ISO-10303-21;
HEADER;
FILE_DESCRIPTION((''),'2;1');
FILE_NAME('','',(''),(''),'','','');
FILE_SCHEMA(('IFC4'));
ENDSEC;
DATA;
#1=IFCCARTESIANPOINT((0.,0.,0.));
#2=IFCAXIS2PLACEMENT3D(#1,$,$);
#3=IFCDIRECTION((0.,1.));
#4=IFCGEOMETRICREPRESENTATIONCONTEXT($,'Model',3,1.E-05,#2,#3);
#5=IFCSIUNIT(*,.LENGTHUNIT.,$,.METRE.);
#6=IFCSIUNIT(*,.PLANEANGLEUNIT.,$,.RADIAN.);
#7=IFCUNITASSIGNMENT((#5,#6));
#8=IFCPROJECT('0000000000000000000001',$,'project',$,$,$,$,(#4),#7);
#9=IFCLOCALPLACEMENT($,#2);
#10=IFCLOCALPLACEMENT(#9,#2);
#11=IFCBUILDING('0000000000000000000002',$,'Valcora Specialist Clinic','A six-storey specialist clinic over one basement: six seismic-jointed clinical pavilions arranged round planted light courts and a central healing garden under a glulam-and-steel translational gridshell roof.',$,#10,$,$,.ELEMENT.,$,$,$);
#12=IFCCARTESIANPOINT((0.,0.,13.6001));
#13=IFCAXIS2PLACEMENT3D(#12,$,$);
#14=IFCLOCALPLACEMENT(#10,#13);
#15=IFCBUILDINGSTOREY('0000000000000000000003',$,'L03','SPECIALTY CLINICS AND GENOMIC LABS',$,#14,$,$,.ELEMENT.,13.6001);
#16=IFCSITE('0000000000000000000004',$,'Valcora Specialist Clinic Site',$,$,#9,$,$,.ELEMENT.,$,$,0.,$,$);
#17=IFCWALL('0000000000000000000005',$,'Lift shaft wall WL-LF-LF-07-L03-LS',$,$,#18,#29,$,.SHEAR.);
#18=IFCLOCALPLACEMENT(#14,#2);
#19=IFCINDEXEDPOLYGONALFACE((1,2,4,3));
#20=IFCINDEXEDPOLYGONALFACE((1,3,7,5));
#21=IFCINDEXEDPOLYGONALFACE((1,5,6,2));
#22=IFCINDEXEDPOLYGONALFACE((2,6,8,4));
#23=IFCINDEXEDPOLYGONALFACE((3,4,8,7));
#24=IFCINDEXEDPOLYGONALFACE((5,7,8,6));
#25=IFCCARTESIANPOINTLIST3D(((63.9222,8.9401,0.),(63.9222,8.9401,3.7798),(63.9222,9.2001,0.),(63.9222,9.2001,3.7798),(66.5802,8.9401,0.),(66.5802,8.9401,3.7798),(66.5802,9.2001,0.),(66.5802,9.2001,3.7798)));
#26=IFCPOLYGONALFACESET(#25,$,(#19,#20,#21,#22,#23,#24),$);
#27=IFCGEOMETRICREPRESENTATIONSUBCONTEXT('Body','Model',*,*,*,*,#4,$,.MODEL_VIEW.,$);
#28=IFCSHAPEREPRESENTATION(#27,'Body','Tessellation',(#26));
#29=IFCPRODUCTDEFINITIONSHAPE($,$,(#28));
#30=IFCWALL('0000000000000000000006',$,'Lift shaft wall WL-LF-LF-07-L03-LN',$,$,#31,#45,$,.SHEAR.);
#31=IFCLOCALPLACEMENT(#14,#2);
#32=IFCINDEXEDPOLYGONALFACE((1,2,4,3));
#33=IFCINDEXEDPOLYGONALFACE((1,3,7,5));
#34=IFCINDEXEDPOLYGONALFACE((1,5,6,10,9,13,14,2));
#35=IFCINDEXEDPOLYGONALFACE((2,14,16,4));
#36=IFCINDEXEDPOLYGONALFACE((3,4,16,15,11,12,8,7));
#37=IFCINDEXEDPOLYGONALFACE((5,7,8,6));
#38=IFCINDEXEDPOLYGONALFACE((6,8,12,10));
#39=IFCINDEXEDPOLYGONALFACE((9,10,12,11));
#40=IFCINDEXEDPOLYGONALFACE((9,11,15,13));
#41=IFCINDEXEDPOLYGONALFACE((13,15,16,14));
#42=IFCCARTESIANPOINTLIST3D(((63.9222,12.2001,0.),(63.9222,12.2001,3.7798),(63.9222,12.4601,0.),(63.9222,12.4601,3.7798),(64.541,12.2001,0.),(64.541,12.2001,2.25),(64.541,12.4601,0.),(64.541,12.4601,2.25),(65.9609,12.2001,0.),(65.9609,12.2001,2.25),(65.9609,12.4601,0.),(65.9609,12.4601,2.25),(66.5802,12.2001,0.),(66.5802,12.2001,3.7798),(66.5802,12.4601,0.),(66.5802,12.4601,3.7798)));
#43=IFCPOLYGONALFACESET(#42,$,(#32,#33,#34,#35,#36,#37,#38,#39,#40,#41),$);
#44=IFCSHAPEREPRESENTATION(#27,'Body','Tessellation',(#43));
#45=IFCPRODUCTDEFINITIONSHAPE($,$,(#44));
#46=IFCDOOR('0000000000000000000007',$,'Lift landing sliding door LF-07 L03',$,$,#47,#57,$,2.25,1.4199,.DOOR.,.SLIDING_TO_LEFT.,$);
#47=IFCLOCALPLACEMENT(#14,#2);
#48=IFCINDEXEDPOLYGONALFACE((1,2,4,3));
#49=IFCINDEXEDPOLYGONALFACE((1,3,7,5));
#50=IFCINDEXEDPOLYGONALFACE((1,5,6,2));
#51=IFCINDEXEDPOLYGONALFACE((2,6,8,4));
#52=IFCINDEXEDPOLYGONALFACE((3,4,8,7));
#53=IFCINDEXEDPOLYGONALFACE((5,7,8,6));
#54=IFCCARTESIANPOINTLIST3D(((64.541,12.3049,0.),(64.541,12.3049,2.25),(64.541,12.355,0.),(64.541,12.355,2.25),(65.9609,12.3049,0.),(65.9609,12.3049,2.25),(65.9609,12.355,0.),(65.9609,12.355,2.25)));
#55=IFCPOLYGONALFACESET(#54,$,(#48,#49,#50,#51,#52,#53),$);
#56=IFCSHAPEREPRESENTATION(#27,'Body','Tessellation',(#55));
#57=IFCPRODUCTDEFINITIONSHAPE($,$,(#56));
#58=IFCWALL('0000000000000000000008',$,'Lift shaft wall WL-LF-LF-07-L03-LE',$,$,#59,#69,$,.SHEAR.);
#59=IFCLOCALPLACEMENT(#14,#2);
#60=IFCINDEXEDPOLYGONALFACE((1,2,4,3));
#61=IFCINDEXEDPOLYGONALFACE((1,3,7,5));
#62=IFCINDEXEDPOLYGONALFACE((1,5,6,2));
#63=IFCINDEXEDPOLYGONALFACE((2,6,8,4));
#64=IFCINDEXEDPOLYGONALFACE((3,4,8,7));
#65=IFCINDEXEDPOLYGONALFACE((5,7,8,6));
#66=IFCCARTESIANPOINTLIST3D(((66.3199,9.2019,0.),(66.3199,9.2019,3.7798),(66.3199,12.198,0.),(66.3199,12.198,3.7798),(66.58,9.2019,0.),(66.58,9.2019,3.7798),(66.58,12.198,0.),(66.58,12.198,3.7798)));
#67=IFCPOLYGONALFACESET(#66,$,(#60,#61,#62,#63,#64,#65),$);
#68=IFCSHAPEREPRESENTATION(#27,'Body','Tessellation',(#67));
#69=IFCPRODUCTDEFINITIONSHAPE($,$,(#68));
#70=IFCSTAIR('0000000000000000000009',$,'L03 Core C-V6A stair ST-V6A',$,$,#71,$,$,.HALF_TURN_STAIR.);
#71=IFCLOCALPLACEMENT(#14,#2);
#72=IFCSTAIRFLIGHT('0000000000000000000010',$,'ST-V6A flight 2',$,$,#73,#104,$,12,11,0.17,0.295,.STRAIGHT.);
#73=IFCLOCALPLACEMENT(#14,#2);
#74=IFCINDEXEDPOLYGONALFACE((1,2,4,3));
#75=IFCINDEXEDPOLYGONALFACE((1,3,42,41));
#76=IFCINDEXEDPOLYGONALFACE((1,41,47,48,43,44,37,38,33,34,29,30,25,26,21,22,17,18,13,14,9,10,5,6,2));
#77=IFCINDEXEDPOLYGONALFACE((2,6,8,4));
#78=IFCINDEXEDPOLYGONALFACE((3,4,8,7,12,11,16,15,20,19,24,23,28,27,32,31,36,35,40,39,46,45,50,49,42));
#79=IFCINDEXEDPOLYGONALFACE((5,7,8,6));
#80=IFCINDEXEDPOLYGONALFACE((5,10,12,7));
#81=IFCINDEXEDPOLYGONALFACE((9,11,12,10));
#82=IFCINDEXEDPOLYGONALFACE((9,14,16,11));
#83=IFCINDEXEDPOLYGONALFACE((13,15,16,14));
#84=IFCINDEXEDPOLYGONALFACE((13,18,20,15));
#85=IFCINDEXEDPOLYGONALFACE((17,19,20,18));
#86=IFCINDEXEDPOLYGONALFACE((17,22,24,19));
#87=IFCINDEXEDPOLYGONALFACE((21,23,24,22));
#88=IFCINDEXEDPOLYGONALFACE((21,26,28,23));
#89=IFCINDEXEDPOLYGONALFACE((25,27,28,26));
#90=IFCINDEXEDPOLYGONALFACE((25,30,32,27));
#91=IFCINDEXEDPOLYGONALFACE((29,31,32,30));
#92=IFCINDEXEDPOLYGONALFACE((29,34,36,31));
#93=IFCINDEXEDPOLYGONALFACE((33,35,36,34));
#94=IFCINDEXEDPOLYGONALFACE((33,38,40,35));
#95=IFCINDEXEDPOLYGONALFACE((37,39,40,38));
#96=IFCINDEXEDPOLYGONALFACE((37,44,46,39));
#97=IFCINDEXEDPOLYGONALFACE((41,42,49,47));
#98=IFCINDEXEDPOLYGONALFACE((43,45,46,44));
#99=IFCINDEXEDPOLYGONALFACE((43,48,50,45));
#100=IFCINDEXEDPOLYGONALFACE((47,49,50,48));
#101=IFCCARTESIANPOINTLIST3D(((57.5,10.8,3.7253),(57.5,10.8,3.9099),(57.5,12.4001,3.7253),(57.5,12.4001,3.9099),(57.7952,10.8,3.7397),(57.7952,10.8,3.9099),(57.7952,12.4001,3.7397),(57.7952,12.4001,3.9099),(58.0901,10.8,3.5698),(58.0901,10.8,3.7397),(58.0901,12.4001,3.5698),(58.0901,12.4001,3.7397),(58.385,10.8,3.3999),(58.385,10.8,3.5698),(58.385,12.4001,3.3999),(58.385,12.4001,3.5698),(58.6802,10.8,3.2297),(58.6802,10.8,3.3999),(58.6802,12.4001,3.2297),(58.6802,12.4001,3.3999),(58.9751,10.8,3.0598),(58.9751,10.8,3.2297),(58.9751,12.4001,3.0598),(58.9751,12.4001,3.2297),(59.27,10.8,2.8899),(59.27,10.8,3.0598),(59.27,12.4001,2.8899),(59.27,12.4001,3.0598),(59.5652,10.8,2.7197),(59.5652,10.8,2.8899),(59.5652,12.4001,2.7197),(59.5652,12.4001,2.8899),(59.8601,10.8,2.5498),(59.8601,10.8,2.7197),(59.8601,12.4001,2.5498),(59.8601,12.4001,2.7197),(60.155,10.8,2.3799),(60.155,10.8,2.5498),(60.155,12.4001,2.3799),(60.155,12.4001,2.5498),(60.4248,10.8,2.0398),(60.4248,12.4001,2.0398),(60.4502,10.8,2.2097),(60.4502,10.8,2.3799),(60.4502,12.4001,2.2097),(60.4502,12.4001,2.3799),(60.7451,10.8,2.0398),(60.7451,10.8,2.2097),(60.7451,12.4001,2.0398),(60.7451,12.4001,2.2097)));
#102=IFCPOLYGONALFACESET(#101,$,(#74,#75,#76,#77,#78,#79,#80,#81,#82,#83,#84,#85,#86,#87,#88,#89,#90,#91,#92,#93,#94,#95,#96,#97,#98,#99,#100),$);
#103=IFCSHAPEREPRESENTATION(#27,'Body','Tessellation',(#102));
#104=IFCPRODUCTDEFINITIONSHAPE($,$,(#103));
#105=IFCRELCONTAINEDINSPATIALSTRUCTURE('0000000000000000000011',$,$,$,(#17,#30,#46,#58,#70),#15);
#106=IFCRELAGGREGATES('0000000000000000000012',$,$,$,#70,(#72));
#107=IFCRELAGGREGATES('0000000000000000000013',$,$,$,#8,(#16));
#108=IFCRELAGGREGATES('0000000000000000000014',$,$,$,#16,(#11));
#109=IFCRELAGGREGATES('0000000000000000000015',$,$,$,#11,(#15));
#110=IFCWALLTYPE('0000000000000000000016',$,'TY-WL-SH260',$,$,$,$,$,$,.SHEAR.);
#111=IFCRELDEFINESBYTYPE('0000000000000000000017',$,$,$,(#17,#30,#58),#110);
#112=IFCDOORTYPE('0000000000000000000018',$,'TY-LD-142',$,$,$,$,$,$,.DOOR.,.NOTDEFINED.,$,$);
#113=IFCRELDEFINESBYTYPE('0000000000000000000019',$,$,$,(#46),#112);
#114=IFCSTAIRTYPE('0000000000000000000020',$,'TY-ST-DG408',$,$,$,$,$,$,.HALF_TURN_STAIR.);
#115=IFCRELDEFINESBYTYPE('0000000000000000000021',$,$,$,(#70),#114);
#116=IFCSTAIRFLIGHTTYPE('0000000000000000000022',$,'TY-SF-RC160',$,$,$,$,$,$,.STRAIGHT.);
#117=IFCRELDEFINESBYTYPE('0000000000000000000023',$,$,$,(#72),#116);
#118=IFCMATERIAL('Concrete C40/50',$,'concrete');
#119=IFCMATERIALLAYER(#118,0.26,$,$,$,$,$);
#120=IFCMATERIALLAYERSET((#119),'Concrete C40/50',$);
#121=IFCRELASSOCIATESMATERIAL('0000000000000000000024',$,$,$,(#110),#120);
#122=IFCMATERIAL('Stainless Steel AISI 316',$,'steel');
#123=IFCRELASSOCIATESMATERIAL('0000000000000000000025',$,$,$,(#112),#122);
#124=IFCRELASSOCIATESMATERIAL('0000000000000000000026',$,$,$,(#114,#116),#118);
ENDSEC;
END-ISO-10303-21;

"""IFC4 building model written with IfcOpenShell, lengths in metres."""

from ifc_helpers import new_model, si_unit, direction, frame, frame_2d, origin, place, context, subcontext, project, spatial, polyline, rectangle, outline, extrude, material, layer, layer_set, type_object, element, fill, aggregate, save


model = new_model("IFC4")

# Units and contexts
model_context = context("Model", 3, precision=1e-05, world=origin(), true_north=direction((0.0, 1.0)))
body_context = subcontext(model_context, "Body", "Model", "MODEL_VIEW")
ifc_project = project(units=[si_unit("LENGTHUNIT", "METRE"), si_unit("PLANEANGLEUNIT", "RADIAN")], contexts=[model_context])

# Site, building, storey
site_placement = place(None, origin())
site = spatial("IfcSite", under=ifc_project, at=site_placement, Name="Valcora Specialist Clinic Site", CompositionType="ELEMENT", RefElevation=0.0)
building_placement = place(site_placement, origin())
building = spatial("IfcBuilding", under=site, at=building_placement, Name="Valcora Specialist Clinic", Description="A six-storey specialist clinic over one basement: six seismic-jointed clinical pavilions arranged round planted light courts and a central healing garden under a glulam-and-steel translational gridshell roof.", CompositionType="ELEMENT")
storey_placement = place(building_placement, frame((0.0, 0.0, 13.6001)))
storey = spatial("IfcBuildingStorey", under=building, at=storey_placement, Name="L03", Description="SPECIALTY CLINICS AND GENOMIC LABS", CompositionType="ELEMENT", Elevation=13.6001)

# Shared definitions
ifc_material_1 = material(Name="Concrete C40/50", Category="concrete")

# Wall
ifc_layer_1 = layer(ifc_material_1, 0.26)
ifc_layer_set_1 = layer_set([ifc_layer_1], Name="Concrete C40/50")
wall_type_1 = type_object("IfcWallType", Name="TY-WL-SH260", PredefinedType="SHEAR", material=ifc_layer_set_1)
wall_1_placement = place(storey_placement, frame((63.9221, 9.0701, 0.0), z_axis=(0.0, 0.0, 1.0), x_axis=(1.0, 0.0, 0.0)))
element("IfcWall", 1, at=wall_1_placement, inside=storey, type_object=wall_type_1, Name="Lift shaft wall WL-LF-LF-07-L03-LS", PredefinedType="SHEAR", context=body_context, shape_type="SweptSolid", body=[
    extrude(rectangle(XDim=2.658, YDim=0.26, at=frame_2d((1.3291, 0.0))), origin(), (0.0, 0.0, 1.0), 3.7798),
])

# Wall, opening, door
wall_2_placement = place(storey_placement, frame((63.9221, 12.3301, 0.0), z_axis=(0.0, 0.0, 1.0), x_axis=(1.0, 0.0, 0.0)))
wall_2 = element("IfcWall", 2, at=wall_2_placement, inside=storey, type_object=wall_type_1, Name="Lift shaft wall WL-LF-LF-07-L03-LN", PredefinedType="SHEAR", context=body_context, shape_type="SweptSolid", body=[
    extrude(rectangle(XDim=2.658, YDim=0.26, at=frame_2d((1.3291, 0.0))), origin(), (0.0, 0.0, 1.0), 3.7798),
])
opening_1_placement = place(wall_2_placement, frame((0.6189, 0.0, 0.0)))
opening_1 = element("IfcOpeningElement", 3, at=opening_1_placement, cuts=wall_2, PredefinedType="OPENING", context=body_context, shape_type="SweptSolid", body=[
    extrude(rectangle(XDim=1.4199, YDim=2.25, at=frame_2d((0.71, 1.125))), frame((0.0, 0.1399, 0.0), z_axis=(0.0, -1.0, 0.0), x_axis=(1.0, 0.0, 0.0)), (0.0, 0.0, 1.0), 0.28),
])
ifc_material_2 = material(Name="Stainless Steel AISI 316", Category="steel")
door_type_1 = type_object("IfcDoorType", Name="TY-LD-142", OperationType="NOTDEFINED", PredefinedType="DOOR", material=ifc_material_2)
door_1_placement = place(opening_1_placement, origin())
door_1 = element("IfcDoor", 4, at=door_1_placement, inside=storey, type_object=door_type_1, Name="Lift landing sliding door LF-07 L03", OperationType="SLIDING_TO_LEFT", OverallHeight=2.25, OverallWidth=1.4199, PredefinedType="DOOR", context=body_context, shape_type="SweptSolid", body=[
    extrude(rectangle(XDim=1.4199, YDim=2.25, at=frame_2d((0.71, 1.125))), frame((0.0, 0.0249, 0.0), z_axis=(0.0, -1.0, 0.0), x_axis=(1.0, 0.0, 0.0)), (0.0, 0.0, 1.0), 0.05),
])
fill(opening_1, door_1)

# Wall
wall_3_placement = place(storey_placement, frame((66.45, 9.2019, 0.0), z_axis=(0.0, 0.0, 1.0), x_axis=(0.0, 1.0, 0.0)))
element("IfcWall", 5, at=wall_3_placement, inside=storey, type_object=wall_type_1, Name="Lift shaft wall WL-LF-LF-07-L03-LE", PredefinedType="SHEAR", context=body_context, shape_type="SweptSolid", body=[
    extrude(rectangle(XDim=2.9961, YDim=0.26, at=frame_2d((1.498, 0.0))), origin(), (0.0, 0.0, 1.0), 3.7798),
])

# Stair, stair flight
stair_type = type_object("IfcStairType", Name="TY-ST-DG408", PredefinedType="HALF_TURN_STAIR", material=ifc_material_1)
stair_placement = place(storey_placement, origin())
stair = element("IfcStair", 6, at=stair_placement, inside=storey, type_object=stair_type, Name="L03 Core C-V6A stair ST-V6A", PredefinedType="HALF_TURN_STAIR")
stair_flight_type = type_object("IfcStairFlightType", Name="TY-SF-RC160", PredefinedType="STRAIGHT", material=ifc_material_1)
stair_flight_placement = place(storey_placement, frame((60.7451, 11.6001, 2.0398), z_axis=(0.0, 0.0, 1.0), x_axis=(-1.0, 0.0, 0.0)))
stair_flight = element("IfcStairFlight", 7, at=stair_flight_placement, type_object=stair_flight_type, Name="ST-V6A flight 2", NumberOfRisers=12, NumberOfTreads=11, PredefinedType="STRAIGHT", RiserHeight=0.17, TreadLength=0.295, context=body_context, shape_type="SweptSolid", body=[
    extrude(outline(polyline([(0.0, 0.0), (0.0, 0.1699), (0.2949, 0.1699), (0.2949, 0.3401), (0.5901, 0.3401), (0.5901, 0.51), (0.885, 0.51), (0.885, 0.6799), (1.1799, 0.6799), (1.1799, 0.8501), (1.4751, 0.8501), (1.4751, 1.02), (1.77, 1.02), (1.77, 1.1899), (2.0649, 1.1899), (2.0649, 1.3601), (2.3601, 1.3601), (2.3601, 1.53), (2.655, 1.53), (2.655, 1.7), (2.95, 1.7), (2.95, 1.8701), (3.2451, 1.8701), (3.2451, 2.04), (3.2451, 1.6855), (0.3203, 0.0), (0.0, 0.0)])), frame((0.0, 0.8, 0.0), z_axis=(0.0, -1.0, 0.0), x_axis=(1.0, 0.0, 0.0)), (0.0, 0.0, 1.0), 1.6001),
])
aggregate(stair, [stair_flight])

save(model, "model.ifc")
